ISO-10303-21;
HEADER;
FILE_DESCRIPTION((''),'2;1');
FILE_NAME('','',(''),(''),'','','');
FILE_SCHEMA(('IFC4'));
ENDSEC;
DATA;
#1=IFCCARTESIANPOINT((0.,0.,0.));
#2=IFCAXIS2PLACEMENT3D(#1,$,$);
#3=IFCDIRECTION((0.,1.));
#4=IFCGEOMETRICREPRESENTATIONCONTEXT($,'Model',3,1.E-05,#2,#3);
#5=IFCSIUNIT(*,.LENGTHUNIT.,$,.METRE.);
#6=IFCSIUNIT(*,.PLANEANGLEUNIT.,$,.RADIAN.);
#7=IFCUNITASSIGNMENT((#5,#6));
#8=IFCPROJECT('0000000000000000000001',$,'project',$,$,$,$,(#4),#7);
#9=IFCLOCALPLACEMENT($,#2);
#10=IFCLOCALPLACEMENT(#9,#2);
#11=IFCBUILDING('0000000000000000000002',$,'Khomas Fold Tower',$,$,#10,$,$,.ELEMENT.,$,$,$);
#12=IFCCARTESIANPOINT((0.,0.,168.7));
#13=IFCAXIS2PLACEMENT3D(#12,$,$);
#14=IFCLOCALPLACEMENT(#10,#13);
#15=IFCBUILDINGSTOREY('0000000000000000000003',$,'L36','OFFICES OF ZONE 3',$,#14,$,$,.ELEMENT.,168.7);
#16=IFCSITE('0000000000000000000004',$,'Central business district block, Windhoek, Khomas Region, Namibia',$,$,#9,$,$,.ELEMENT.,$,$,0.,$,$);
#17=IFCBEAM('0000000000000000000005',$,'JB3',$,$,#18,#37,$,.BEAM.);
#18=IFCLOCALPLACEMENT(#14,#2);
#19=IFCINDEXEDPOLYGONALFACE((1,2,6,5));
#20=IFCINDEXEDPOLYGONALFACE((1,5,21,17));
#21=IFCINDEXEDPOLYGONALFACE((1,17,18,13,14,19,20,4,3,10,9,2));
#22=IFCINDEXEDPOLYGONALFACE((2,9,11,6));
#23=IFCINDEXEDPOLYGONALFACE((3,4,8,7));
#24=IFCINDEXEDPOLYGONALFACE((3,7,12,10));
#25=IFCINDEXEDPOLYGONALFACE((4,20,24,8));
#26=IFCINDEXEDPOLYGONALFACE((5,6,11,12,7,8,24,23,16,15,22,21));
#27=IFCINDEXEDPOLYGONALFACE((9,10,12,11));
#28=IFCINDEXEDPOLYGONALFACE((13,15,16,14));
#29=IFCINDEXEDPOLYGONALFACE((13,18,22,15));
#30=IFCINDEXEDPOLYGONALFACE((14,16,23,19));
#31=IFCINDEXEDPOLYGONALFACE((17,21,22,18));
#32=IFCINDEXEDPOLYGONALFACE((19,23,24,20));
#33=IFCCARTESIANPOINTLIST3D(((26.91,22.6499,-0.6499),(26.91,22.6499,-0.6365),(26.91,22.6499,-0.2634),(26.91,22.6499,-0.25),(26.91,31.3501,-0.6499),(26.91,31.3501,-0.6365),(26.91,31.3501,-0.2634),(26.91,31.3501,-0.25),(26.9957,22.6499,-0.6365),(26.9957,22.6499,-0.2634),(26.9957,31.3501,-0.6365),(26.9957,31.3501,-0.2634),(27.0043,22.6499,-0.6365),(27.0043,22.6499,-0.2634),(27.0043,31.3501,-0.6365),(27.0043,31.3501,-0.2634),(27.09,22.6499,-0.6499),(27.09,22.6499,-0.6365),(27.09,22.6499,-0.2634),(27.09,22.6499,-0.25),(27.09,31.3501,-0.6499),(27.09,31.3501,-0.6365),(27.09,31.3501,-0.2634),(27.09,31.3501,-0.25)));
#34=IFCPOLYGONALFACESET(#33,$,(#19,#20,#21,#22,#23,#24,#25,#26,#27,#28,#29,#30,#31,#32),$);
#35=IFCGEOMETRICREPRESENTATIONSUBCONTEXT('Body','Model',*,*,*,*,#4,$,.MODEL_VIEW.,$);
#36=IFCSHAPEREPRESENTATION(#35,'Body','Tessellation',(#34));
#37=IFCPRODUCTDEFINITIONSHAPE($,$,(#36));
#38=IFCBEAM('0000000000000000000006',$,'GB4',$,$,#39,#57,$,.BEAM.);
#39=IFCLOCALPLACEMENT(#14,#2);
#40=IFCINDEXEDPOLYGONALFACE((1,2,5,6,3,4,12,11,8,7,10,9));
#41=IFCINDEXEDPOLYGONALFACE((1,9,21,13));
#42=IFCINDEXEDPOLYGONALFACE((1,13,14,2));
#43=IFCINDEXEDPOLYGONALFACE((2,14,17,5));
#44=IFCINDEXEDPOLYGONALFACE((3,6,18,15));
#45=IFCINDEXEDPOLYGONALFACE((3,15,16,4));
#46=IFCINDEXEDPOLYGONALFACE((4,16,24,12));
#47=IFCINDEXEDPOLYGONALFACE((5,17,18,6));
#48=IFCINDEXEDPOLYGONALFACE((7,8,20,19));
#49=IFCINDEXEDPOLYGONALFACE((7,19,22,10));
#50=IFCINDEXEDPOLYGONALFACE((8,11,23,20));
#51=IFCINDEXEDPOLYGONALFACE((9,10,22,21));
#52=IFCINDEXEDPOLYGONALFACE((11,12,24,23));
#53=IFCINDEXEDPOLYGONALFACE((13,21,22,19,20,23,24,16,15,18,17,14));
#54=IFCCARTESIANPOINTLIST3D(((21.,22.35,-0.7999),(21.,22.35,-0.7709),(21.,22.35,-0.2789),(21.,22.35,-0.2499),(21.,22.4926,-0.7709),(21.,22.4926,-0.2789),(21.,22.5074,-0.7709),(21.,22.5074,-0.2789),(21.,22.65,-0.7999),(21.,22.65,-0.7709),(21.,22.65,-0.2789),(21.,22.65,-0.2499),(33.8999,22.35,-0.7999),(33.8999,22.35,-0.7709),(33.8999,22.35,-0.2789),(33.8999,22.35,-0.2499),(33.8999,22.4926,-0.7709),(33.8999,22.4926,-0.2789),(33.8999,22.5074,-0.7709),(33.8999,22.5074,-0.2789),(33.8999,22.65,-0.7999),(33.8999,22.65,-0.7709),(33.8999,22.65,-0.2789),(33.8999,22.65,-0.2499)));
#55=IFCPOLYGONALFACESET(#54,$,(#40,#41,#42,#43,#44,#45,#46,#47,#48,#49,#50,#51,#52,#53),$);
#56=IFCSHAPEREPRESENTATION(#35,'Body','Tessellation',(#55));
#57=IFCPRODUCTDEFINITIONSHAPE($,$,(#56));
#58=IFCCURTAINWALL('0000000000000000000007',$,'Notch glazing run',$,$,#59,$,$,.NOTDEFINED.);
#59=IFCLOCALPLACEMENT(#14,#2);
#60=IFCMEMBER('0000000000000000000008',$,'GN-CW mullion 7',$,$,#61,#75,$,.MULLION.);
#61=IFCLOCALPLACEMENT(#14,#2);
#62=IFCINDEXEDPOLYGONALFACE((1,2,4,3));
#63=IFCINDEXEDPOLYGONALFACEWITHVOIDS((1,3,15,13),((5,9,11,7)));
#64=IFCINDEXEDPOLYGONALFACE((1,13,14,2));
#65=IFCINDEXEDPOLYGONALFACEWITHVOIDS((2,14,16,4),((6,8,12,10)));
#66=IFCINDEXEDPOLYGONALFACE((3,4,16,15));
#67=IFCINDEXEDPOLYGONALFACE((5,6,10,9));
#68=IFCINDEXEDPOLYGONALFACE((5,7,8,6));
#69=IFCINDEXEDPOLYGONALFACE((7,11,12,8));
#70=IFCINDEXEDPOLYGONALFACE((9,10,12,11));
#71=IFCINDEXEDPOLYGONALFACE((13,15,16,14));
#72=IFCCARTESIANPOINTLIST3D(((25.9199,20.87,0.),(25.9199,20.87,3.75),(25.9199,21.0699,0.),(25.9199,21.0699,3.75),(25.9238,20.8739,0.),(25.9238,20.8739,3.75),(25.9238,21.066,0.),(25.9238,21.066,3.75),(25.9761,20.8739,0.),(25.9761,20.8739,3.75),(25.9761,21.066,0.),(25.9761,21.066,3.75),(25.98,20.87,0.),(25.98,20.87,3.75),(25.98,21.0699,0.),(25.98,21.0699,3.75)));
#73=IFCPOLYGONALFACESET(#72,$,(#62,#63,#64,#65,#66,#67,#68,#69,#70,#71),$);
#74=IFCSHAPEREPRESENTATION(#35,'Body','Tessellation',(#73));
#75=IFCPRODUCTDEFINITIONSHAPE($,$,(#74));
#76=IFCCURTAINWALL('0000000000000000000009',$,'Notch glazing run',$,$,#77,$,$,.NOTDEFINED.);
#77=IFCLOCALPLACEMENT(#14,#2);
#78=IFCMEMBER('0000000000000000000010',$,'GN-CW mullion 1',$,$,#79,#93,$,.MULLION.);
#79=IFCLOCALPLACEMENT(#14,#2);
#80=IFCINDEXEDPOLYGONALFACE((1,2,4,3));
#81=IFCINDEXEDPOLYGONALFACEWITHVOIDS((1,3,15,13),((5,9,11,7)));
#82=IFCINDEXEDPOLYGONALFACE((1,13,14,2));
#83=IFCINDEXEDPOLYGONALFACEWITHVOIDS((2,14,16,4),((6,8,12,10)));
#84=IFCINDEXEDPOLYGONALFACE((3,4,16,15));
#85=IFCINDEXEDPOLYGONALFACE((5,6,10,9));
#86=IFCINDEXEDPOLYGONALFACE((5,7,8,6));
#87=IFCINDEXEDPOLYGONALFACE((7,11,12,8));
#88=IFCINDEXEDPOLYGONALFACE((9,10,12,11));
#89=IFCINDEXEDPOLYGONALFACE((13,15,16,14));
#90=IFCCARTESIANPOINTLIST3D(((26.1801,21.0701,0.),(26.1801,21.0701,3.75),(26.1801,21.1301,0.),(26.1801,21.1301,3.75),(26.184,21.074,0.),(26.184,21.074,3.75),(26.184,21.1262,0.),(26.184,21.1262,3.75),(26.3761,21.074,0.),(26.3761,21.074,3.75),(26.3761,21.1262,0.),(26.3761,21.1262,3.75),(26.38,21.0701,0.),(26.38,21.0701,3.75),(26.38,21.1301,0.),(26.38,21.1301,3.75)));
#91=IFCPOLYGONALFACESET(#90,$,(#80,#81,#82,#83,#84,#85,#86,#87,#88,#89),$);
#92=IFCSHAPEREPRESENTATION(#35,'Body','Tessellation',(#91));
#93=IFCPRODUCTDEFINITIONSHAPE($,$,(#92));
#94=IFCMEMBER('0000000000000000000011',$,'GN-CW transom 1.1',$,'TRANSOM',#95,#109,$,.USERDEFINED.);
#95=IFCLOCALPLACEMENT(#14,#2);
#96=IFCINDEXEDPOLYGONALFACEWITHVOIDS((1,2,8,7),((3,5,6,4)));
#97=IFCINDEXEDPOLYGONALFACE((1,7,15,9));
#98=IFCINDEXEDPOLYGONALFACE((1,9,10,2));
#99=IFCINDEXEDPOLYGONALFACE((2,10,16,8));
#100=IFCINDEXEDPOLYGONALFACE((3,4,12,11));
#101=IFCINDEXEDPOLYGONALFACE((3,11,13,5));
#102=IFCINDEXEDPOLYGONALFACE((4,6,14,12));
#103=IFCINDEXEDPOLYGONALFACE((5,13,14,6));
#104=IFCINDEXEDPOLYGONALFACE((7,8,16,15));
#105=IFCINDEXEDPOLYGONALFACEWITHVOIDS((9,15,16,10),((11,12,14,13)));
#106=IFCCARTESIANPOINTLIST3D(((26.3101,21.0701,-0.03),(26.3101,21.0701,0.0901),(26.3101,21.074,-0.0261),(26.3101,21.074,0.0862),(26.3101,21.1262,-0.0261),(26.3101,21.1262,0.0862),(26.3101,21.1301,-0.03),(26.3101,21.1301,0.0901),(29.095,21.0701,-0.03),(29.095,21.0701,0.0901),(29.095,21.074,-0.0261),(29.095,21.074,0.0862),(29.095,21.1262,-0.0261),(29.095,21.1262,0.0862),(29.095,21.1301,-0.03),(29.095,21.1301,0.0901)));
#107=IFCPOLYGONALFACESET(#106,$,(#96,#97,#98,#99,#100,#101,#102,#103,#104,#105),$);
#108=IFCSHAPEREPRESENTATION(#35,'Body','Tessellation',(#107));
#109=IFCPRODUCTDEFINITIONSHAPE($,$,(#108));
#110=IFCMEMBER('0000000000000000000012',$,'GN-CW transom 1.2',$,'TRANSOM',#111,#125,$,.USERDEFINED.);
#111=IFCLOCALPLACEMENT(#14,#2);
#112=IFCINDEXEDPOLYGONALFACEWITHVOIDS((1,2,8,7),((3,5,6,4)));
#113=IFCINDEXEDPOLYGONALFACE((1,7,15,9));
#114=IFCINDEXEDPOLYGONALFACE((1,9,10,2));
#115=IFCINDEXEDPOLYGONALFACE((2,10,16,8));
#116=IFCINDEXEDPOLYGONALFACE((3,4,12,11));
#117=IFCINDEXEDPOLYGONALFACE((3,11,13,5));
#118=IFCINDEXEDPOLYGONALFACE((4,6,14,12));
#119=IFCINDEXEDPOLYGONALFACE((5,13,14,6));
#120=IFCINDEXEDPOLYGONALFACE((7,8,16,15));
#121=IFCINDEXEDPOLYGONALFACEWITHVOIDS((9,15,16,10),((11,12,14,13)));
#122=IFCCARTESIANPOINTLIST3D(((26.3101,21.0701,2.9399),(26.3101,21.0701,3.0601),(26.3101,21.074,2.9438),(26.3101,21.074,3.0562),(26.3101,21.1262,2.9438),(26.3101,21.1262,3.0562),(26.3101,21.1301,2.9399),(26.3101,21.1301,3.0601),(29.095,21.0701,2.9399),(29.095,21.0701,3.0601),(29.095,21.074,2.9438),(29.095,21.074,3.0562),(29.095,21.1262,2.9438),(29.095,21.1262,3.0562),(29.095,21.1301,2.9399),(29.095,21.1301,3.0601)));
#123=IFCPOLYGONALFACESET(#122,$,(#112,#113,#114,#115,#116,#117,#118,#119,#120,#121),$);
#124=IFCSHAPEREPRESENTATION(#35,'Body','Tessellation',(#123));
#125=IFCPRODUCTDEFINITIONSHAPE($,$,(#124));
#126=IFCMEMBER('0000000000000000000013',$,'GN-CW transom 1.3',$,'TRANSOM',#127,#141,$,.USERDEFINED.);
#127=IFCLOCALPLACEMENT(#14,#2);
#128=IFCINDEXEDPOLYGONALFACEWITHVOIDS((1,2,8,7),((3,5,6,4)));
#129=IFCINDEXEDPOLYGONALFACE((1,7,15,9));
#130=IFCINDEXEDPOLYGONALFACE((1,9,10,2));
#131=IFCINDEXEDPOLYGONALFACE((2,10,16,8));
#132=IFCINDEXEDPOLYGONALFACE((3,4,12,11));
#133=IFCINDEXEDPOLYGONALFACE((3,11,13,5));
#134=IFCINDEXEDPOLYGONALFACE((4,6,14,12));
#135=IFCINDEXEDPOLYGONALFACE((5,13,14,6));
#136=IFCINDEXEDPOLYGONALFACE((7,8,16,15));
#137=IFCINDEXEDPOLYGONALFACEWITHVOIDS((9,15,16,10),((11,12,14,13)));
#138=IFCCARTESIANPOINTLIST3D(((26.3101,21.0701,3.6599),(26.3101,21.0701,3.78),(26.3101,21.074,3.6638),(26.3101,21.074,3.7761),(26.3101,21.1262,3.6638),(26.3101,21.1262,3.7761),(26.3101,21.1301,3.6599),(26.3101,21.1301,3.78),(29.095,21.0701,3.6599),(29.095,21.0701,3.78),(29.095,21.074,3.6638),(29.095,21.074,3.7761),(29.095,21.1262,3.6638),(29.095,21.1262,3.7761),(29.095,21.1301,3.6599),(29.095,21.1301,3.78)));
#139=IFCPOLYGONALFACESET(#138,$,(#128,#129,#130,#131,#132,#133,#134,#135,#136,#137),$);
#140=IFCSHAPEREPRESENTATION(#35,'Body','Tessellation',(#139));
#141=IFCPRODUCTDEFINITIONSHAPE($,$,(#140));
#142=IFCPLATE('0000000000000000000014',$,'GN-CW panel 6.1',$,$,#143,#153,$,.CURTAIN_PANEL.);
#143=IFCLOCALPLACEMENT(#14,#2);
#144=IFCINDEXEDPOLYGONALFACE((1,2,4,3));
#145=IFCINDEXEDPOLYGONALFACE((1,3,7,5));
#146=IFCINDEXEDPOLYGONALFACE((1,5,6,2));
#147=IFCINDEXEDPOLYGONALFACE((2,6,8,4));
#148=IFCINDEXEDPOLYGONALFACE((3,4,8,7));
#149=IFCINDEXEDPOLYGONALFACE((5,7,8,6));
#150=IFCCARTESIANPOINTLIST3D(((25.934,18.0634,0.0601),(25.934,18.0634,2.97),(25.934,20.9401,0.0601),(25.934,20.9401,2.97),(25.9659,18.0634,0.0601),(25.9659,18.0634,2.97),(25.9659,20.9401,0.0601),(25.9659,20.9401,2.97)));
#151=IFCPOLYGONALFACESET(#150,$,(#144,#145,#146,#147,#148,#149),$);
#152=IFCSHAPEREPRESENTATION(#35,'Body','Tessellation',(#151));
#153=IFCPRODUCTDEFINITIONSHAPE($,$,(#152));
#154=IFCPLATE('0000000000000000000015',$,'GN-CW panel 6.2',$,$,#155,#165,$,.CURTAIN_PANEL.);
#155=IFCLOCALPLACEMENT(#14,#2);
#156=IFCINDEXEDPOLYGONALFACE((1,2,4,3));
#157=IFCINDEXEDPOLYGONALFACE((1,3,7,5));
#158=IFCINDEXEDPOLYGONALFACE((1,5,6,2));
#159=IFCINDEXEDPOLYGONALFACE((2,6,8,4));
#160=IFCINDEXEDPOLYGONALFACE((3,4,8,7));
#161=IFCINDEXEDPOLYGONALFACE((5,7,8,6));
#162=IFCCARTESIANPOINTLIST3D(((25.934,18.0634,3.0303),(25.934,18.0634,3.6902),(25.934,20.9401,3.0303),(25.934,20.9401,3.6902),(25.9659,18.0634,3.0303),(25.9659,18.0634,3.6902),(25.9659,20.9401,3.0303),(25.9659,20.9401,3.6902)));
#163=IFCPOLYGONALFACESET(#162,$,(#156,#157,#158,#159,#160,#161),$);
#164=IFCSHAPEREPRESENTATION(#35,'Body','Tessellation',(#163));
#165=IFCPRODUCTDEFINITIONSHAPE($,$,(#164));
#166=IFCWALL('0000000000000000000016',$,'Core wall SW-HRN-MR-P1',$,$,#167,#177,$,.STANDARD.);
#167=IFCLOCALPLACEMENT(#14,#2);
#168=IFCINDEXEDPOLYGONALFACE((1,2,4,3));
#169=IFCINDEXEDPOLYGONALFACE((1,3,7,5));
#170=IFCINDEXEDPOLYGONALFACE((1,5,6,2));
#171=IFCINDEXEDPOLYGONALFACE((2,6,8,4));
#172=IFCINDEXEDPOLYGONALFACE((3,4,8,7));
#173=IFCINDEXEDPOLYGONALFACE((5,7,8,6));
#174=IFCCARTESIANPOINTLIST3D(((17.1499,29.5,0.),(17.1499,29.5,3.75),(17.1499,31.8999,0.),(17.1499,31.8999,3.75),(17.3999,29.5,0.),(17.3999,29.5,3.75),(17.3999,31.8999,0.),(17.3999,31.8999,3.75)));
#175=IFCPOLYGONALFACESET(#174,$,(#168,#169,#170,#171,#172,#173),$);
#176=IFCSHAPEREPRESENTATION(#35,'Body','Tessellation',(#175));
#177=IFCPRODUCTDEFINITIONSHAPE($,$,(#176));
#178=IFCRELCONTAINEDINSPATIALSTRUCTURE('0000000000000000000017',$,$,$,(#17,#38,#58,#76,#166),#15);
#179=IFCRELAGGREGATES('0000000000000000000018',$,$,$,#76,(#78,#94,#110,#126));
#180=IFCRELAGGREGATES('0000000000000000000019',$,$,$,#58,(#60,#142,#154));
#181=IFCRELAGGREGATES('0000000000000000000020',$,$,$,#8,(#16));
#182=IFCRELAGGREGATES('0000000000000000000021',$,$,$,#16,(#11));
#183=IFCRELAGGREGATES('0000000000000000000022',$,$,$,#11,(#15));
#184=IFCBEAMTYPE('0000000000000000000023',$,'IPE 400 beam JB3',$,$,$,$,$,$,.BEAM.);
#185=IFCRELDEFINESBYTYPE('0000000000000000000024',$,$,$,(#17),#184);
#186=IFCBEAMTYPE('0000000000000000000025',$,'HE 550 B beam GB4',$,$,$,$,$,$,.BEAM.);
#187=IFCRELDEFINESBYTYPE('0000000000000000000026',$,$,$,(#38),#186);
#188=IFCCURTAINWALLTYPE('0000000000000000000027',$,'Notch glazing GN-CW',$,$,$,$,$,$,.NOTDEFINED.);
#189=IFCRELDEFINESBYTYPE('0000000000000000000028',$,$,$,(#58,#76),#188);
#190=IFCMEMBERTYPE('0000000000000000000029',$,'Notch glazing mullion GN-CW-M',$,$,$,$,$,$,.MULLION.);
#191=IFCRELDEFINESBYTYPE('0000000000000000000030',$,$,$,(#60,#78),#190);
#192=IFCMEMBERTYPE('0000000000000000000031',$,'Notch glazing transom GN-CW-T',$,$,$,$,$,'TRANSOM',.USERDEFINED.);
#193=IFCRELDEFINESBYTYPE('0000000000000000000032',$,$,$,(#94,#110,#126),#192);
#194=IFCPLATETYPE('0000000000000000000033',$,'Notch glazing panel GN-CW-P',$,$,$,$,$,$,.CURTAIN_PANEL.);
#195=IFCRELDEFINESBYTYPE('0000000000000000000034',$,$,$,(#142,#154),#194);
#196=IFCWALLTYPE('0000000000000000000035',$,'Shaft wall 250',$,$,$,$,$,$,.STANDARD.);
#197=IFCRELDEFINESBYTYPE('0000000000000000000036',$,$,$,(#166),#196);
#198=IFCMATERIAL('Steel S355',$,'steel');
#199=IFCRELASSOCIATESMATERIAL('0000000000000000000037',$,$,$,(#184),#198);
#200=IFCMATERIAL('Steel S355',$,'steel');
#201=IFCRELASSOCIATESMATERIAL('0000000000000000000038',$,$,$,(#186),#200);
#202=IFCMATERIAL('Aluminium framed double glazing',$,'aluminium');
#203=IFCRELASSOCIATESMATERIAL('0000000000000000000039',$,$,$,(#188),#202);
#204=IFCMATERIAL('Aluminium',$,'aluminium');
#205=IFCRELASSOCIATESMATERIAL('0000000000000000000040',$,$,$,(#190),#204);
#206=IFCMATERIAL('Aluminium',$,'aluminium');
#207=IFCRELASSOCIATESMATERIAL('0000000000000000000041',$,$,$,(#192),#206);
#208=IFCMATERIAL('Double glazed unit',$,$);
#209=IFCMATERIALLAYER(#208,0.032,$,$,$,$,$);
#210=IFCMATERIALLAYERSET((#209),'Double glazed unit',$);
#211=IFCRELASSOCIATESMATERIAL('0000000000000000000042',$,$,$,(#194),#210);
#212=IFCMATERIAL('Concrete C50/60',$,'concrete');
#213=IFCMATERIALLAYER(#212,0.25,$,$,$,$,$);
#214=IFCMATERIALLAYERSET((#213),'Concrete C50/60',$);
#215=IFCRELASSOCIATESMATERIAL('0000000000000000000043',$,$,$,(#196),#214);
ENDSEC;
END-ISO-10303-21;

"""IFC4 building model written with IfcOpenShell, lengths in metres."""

from ifc_helpers import new_model, si_unit, direction, frame, frame_2d, origin, origin_2d, place, context, subcontext, project, spatial, rectangle, hollow_rectangle, i_section, extrude, source, transform, mapped, material, layer, layer_set, material_profile, profile_set, type_object, element, aggregate, save


model = new_model("IFC4")

# Units and contexts
model_context = context("Model", 3, precision=1e-05, world=origin(), true_north=direction((0.0, 1.0)))
body_context = subcontext(model_context, "Body", "Model", "MODEL_VIEW")
ifc_project = project(units=[si_unit("LENGTHUNIT", "METRE"), si_unit("PLANEANGLEUNIT", "RADIAN")], contexts=[model_context])

# Site, building, storey
site_placement = place(None, origin())
site = spatial("IfcSite", under=ifc_project, at=site_placement, Name="Central business district block, Windhoek, Khomas Region, Namibia", CompositionType="ELEMENT", RefElevation=0.0)
building_placement = place(site_placement, origin())
building = spatial("IfcBuilding", under=site, at=building_placement, Name="Khomas Fold Tower", CompositionType="ELEMENT")
storey_placement = place(building_placement, frame((0.0, 0.0, 168.7)))
storey = spatial("IfcBuildingStorey", under=building, at=storey_placement, Name="L36", Description="OFFICES OF ZONE 3", CompositionType="ELEMENT", Elevation=168.7)

# Beams
ifc_material_1 = material(Name="Steel S355", Category="steel")
ifc_material_profile_1 = material_profile(ifc_material_1, i_section(OverallWidth=0.1799, OverallDepth=0.3999, WebThickness=0.0085, FlangeThickness=0.0134, at=origin_2d()), Name="IPE 400")
ifc_profile_set_1 = profile_set([ifc_material_profile_1], Name="Steel S355")
beam_type_1 = type_object("IfcBeamType", Name="IPE 400 beam JB3", PredefinedType="BEAM", material=ifc_profile_set_1)
shared_shape_1 = source(origin(), body_context, "Body", "SweptSolid", [
    extrude(i_section(OverallWidth=0.1799, OverallDepth=0.3999, WebThickness=0.0085, FlangeThickness=0.0134, at=origin_2d()), origin(), (0.0, 0.0, 1.0), 8.7002),
])
beam_1_placement = place(storey_placement, frame((27.0, 22.6499, -0.45), z_axis=(0.0, 1.0, 0.0), x_axis=(-1.0, 0.0, 0.0)))
element("IfcBeam", 1, at=beam_1_placement, inside=storey, type_object=beam_type_1, Name="JB3", PredefinedType="BEAM", context=body_context, shape_type="MappedRepresentation", body=[
    mapped(shared_shape_1, transform((0.0, 0.0, 0.0))),
])
ifc_material_2 = material(Name="Steel S355", Category="steel")
ifc_material_profile_2 = material_profile(ifc_material_2, i_section(OverallWidth=0.3, OverallDepth=0.55, WebThickness=0.0149, FlangeThickness=0.0291, at=origin_2d()), Name="HE 550 B")
ifc_profile_set_2 = profile_set([ifc_material_profile_2], Name="Steel S355")
beam_type_2 = type_object("IfcBeamType", Name="HE 550 B beam GB4", PredefinedType="BEAM", material=ifc_profile_set_2)
shared_shape_2 = source(origin(), body_context, "Body", "SweptSolid", [
    extrude(i_section(OverallWidth=0.3, OverallDepth=0.55, WebThickness=0.0149, FlangeThickness=0.0291, at=origin_2d()), origin(), (0.0, 0.0, 1.0), 12.8999),
])
beam_2_placement = place(storey_placement, frame((21.0, 22.5, -0.5249), z_axis=(1.0, 0.0, 0.0), x_axis=(0.0, 1.0, 0.0)))
element("IfcBeam", 2, at=beam_2_placement, inside=storey, type_object=beam_type_2, Name="GB4", PredefinedType="BEAM", context=body_context, shape_type="MappedRepresentation", body=[
    mapped(shared_shape_2, transform((0.0, 0.0, 0.0))),
])

# Curtain wall, member
ifc_material_3 = material(Name="Aluminium framed double glazing", Category="aluminium")
curtain_wall_type = type_object("IfcCurtainWallType", Name="Notch glazing GN-CW", PredefinedType="NOTDEFINED", material=ifc_material_3)
curtain_wall_1_placement = place(storey_placement, origin())
curtain_wall_1 = element("IfcCurtainWall", 3, at=curtain_wall_1_placement, inside=storey, type_object=curtain_wall_type, Name="Notch glazing run", PredefinedType="NOTDEFINED")
ifc_material_4 = material(Name="Aluminium", Category="aluminium")
ifc_material_profile_3 = material_profile(ifc_material_4, hollow_rectangle(XDim=0.0601, YDim=0.2, WallThickness=0.0039, at=origin_2d()), Name="Notch glazing mullion GN-CW-M")
ifc_profile_set_3 = profile_set([ifc_material_profile_3], Name="Aluminium")
member_type_1 = type_object("IfcMemberType", Name="Notch glazing mullion GN-CW-M", PredefinedType="MULLION", material=ifc_profile_set_3)
shared_shape_3 = source(origin(), body_context, "Body", "SweptSolid", [
    extrude(hollow_rectangle(XDim=0.0601, YDim=0.2, WallThickness=0.0039, at=origin_2d()), origin(), (0.0, 0.0, 1.0), 3.75),
])
member_1_placement = place(storey_placement, frame((25.95, 20.97, 0.0), z_axis=(0.0, 0.0, 1.0), x_axis=(-1.0, 0.0, 0.0)))
member_1 = element("IfcMember", 4, at=member_1_placement, type_object=member_type_1, Name="GN-CW mullion 7", PredefinedType="MULLION", context=body_context, shape_type="MappedRepresentation", body=[
    mapped(shared_shape_3, transform((0.0, 0.0, 0.0))),
])

# Curtain wall, members
curtain_wall_2_placement = place(storey_placement, origin())
curtain_wall_2 = element("IfcCurtainWall", 5, at=curtain_wall_2_placement, inside=storey, type_object=curtain_wall_type, Name="Notch glazing run", PredefinedType="NOTDEFINED")
member_2_placement = place(storey_placement, frame((26.28, 21.1001, 0.0), z_axis=(0.0, 0.0, 1.0), x_axis=(0.0, 1.0, 0.0)))
member_2 = element("IfcMember", 6, at=member_2_placement, type_object=member_type_1, Name="GN-CW mullion 1", PredefinedType="MULLION", context=body_context, shape_type="MappedRepresentation", body=[
    mapped(shared_shape_3, transform((0.0, 0.0, 0.0))),
])
ifc_material_5 = material(Name="Aluminium", Category="aluminium")
ifc_material_profile_4 = material_profile(ifc_material_5, hollow_rectangle(XDim=0.0601, YDim=0.1201, WallThickness=0.0039, at=origin_2d()), Name="Notch glazing transom GN-CW-T")
ifc_profile_set_4 = profile_set([ifc_material_profile_4], Name="Aluminium")
member_type_2 = type_object("IfcMemberType", Name="Notch glazing transom GN-CW-T", ElementType="TRANSOM", PredefinedType="USERDEFINED", material=ifc_profile_set_4)
shared_shape_4 = source(origin(), body_context, "Body", "SweptSolid", [
    extrude(hollow_rectangle(XDim=0.0601, YDim=0.1201, WallThickness=0.0039, at=origin_2d()), origin(), (0.0, 0.0, 1.0), 2.7849),
])
member_3_placement = place(storey_placement, frame((26.3101, 21.1001, 0.03), z_axis=(1.0, 0.0, 0.0), x_axis=(0.0, 1.0, 0.0)))
member_3 = element("IfcMember", 7, at=member_3_placement, type_object=member_type_2, Name="GN-CW transom 1.1", ObjectType="TRANSOM", PredefinedType="USERDEFINED", context=body_context, shape_type="MappedRepresentation", body=[
    mapped(shared_shape_4, transform((0.0, 0.0, 0.0))),
])
member_4_placement = place(storey_placement, frame((26.3101, 21.1001, 3.0), z_axis=(1.0, 0.0, 0.0), x_axis=(0.0, 1.0, 0.0)))
member_4 = element("IfcMember", 8, at=member_4_placement, type_object=member_type_2, Name="GN-CW transom 1.2", ObjectType="TRANSOM", PredefinedType="USERDEFINED", context=body_context, shape_type="MappedRepresentation", body=[
    mapped(shared_shape_4, transform((0.0, 0.0, 0.0))),
])
member_5_placement = place(storey_placement, frame((26.3101, 21.1001, 3.72), z_axis=(1.0, 0.0, 0.0), x_axis=(0.0, 1.0, 0.0)))
member_5 = element("IfcMember", 9, at=member_5_placement, type_object=member_type_2, Name="GN-CW transom 1.3", ObjectType="TRANSOM", PredefinedType="USERDEFINED", context=body_context, shape_type="MappedRepresentation", body=[
    mapped(shared_shape_4, transform((0.0, 0.0, 0.0))),
])
aggregate(curtain_wall_2, [member_2, member_3, member_4, member_5])

# Plates
ifc_material_6 = material(Name="Double glazed unit")
ifc_layer_1 = layer(ifc_material_6, 0.032)
ifc_layer_set_1 = layer_set([ifc_layer_1], Name="Double glazed unit")
plate_type = type_object("IfcPlateType", Name="Notch glazing panel GN-CW-P", PredefinedType="CURTAIN_PANEL", material=ifc_layer_set_1)
shared_shape_5 = source(origin(), body_context, "Body", "SweptSolid", [
    extrude(rectangle(XDim=2.8767, YDim=0.032, at=origin_2d()), origin(), (0.0, 0.0, 1.0), 2.9099),
])
plate_1_placement = place(storey_placement, frame((25.95, 19.5017, 0.0601), z_axis=(0.0, 0.0, 1.0), x_axis=(0.0, 1.0, 0.0)))
plate_1 = element("IfcPlate", 10, at=plate_1_placement, type_object=plate_type, Name="GN-CW panel 6.1", PredefinedType="CURTAIN_PANEL", context=body_context, shape_type="MappedRepresentation", body=[
    mapped(shared_shape_5, transform((0.0, 0.0, 0.0))),
])
shared_shape_6 = source(origin(), body_context, "Body", "SweptSolid", [
    extrude(rectangle(XDim=2.8767, YDim=0.032, at=origin_2d()), origin(), (0.0, 0.0, 1.0), 0.6599),
])
plate_2_placement = place(storey_placement, frame((25.95, 19.5017, 3.0303), z_axis=(0.0, 0.0, 1.0), x_axis=(0.0, 1.0, 0.0)))
plate_2 = element("IfcPlate", 11, at=plate_2_placement, type_object=plate_type, Name="GN-CW panel 6.2", PredefinedType="CURTAIN_PANEL", context=body_context, shape_type="MappedRepresentation", body=[
    mapped(shared_shape_6, transform((0.0, 0.0, 0.0))),
])
aggregate(curtain_wall_1, [member_1, plate_1, plate_2])

# Wall
ifc_material_7 = material(Name="Concrete C50/60", Category="concrete")
ifc_layer_2 = layer(ifc_material_7, 0.25)
ifc_layer_set_2 = layer_set([ifc_layer_2], Name="Concrete C50/60")
wall_type_1 = type_object("IfcWallType", Name="Shaft wall 250", PredefinedType="STANDARD", material=ifc_layer_set_2)
shared_shape_7 = source(origin(), body_context, "Body", "SweptSolid", [
    extrude(rectangle(XDim=2.3999, YDim=0.25, at=frame_2d((1.2, 0.0))), origin(), (0.0, 0.0, 1.0), 3.75),
])
for number, where, z_axis, x_axis, name in (
    (12, (17.2749, 29.5, 0.0), (0.0, 0.0, 1.0), (0.0, 1.0, 0.0), "Core wall SW-HRN-MR-P1"),
):
    element("IfcWall", number, at=place(storey_placement, frame(where, z_axis=z_axis, x_axis=x_axis)), inside=storey, type_object=wall_type_1, Name=name, PredefinedType="STANDARD", context=body_context, shape_type="MappedRepresentation", body=[
        mapped(shared_shape_7, transform((0.0, 0.0, 0.0))),
    ])

save(model, "model.ifc")
